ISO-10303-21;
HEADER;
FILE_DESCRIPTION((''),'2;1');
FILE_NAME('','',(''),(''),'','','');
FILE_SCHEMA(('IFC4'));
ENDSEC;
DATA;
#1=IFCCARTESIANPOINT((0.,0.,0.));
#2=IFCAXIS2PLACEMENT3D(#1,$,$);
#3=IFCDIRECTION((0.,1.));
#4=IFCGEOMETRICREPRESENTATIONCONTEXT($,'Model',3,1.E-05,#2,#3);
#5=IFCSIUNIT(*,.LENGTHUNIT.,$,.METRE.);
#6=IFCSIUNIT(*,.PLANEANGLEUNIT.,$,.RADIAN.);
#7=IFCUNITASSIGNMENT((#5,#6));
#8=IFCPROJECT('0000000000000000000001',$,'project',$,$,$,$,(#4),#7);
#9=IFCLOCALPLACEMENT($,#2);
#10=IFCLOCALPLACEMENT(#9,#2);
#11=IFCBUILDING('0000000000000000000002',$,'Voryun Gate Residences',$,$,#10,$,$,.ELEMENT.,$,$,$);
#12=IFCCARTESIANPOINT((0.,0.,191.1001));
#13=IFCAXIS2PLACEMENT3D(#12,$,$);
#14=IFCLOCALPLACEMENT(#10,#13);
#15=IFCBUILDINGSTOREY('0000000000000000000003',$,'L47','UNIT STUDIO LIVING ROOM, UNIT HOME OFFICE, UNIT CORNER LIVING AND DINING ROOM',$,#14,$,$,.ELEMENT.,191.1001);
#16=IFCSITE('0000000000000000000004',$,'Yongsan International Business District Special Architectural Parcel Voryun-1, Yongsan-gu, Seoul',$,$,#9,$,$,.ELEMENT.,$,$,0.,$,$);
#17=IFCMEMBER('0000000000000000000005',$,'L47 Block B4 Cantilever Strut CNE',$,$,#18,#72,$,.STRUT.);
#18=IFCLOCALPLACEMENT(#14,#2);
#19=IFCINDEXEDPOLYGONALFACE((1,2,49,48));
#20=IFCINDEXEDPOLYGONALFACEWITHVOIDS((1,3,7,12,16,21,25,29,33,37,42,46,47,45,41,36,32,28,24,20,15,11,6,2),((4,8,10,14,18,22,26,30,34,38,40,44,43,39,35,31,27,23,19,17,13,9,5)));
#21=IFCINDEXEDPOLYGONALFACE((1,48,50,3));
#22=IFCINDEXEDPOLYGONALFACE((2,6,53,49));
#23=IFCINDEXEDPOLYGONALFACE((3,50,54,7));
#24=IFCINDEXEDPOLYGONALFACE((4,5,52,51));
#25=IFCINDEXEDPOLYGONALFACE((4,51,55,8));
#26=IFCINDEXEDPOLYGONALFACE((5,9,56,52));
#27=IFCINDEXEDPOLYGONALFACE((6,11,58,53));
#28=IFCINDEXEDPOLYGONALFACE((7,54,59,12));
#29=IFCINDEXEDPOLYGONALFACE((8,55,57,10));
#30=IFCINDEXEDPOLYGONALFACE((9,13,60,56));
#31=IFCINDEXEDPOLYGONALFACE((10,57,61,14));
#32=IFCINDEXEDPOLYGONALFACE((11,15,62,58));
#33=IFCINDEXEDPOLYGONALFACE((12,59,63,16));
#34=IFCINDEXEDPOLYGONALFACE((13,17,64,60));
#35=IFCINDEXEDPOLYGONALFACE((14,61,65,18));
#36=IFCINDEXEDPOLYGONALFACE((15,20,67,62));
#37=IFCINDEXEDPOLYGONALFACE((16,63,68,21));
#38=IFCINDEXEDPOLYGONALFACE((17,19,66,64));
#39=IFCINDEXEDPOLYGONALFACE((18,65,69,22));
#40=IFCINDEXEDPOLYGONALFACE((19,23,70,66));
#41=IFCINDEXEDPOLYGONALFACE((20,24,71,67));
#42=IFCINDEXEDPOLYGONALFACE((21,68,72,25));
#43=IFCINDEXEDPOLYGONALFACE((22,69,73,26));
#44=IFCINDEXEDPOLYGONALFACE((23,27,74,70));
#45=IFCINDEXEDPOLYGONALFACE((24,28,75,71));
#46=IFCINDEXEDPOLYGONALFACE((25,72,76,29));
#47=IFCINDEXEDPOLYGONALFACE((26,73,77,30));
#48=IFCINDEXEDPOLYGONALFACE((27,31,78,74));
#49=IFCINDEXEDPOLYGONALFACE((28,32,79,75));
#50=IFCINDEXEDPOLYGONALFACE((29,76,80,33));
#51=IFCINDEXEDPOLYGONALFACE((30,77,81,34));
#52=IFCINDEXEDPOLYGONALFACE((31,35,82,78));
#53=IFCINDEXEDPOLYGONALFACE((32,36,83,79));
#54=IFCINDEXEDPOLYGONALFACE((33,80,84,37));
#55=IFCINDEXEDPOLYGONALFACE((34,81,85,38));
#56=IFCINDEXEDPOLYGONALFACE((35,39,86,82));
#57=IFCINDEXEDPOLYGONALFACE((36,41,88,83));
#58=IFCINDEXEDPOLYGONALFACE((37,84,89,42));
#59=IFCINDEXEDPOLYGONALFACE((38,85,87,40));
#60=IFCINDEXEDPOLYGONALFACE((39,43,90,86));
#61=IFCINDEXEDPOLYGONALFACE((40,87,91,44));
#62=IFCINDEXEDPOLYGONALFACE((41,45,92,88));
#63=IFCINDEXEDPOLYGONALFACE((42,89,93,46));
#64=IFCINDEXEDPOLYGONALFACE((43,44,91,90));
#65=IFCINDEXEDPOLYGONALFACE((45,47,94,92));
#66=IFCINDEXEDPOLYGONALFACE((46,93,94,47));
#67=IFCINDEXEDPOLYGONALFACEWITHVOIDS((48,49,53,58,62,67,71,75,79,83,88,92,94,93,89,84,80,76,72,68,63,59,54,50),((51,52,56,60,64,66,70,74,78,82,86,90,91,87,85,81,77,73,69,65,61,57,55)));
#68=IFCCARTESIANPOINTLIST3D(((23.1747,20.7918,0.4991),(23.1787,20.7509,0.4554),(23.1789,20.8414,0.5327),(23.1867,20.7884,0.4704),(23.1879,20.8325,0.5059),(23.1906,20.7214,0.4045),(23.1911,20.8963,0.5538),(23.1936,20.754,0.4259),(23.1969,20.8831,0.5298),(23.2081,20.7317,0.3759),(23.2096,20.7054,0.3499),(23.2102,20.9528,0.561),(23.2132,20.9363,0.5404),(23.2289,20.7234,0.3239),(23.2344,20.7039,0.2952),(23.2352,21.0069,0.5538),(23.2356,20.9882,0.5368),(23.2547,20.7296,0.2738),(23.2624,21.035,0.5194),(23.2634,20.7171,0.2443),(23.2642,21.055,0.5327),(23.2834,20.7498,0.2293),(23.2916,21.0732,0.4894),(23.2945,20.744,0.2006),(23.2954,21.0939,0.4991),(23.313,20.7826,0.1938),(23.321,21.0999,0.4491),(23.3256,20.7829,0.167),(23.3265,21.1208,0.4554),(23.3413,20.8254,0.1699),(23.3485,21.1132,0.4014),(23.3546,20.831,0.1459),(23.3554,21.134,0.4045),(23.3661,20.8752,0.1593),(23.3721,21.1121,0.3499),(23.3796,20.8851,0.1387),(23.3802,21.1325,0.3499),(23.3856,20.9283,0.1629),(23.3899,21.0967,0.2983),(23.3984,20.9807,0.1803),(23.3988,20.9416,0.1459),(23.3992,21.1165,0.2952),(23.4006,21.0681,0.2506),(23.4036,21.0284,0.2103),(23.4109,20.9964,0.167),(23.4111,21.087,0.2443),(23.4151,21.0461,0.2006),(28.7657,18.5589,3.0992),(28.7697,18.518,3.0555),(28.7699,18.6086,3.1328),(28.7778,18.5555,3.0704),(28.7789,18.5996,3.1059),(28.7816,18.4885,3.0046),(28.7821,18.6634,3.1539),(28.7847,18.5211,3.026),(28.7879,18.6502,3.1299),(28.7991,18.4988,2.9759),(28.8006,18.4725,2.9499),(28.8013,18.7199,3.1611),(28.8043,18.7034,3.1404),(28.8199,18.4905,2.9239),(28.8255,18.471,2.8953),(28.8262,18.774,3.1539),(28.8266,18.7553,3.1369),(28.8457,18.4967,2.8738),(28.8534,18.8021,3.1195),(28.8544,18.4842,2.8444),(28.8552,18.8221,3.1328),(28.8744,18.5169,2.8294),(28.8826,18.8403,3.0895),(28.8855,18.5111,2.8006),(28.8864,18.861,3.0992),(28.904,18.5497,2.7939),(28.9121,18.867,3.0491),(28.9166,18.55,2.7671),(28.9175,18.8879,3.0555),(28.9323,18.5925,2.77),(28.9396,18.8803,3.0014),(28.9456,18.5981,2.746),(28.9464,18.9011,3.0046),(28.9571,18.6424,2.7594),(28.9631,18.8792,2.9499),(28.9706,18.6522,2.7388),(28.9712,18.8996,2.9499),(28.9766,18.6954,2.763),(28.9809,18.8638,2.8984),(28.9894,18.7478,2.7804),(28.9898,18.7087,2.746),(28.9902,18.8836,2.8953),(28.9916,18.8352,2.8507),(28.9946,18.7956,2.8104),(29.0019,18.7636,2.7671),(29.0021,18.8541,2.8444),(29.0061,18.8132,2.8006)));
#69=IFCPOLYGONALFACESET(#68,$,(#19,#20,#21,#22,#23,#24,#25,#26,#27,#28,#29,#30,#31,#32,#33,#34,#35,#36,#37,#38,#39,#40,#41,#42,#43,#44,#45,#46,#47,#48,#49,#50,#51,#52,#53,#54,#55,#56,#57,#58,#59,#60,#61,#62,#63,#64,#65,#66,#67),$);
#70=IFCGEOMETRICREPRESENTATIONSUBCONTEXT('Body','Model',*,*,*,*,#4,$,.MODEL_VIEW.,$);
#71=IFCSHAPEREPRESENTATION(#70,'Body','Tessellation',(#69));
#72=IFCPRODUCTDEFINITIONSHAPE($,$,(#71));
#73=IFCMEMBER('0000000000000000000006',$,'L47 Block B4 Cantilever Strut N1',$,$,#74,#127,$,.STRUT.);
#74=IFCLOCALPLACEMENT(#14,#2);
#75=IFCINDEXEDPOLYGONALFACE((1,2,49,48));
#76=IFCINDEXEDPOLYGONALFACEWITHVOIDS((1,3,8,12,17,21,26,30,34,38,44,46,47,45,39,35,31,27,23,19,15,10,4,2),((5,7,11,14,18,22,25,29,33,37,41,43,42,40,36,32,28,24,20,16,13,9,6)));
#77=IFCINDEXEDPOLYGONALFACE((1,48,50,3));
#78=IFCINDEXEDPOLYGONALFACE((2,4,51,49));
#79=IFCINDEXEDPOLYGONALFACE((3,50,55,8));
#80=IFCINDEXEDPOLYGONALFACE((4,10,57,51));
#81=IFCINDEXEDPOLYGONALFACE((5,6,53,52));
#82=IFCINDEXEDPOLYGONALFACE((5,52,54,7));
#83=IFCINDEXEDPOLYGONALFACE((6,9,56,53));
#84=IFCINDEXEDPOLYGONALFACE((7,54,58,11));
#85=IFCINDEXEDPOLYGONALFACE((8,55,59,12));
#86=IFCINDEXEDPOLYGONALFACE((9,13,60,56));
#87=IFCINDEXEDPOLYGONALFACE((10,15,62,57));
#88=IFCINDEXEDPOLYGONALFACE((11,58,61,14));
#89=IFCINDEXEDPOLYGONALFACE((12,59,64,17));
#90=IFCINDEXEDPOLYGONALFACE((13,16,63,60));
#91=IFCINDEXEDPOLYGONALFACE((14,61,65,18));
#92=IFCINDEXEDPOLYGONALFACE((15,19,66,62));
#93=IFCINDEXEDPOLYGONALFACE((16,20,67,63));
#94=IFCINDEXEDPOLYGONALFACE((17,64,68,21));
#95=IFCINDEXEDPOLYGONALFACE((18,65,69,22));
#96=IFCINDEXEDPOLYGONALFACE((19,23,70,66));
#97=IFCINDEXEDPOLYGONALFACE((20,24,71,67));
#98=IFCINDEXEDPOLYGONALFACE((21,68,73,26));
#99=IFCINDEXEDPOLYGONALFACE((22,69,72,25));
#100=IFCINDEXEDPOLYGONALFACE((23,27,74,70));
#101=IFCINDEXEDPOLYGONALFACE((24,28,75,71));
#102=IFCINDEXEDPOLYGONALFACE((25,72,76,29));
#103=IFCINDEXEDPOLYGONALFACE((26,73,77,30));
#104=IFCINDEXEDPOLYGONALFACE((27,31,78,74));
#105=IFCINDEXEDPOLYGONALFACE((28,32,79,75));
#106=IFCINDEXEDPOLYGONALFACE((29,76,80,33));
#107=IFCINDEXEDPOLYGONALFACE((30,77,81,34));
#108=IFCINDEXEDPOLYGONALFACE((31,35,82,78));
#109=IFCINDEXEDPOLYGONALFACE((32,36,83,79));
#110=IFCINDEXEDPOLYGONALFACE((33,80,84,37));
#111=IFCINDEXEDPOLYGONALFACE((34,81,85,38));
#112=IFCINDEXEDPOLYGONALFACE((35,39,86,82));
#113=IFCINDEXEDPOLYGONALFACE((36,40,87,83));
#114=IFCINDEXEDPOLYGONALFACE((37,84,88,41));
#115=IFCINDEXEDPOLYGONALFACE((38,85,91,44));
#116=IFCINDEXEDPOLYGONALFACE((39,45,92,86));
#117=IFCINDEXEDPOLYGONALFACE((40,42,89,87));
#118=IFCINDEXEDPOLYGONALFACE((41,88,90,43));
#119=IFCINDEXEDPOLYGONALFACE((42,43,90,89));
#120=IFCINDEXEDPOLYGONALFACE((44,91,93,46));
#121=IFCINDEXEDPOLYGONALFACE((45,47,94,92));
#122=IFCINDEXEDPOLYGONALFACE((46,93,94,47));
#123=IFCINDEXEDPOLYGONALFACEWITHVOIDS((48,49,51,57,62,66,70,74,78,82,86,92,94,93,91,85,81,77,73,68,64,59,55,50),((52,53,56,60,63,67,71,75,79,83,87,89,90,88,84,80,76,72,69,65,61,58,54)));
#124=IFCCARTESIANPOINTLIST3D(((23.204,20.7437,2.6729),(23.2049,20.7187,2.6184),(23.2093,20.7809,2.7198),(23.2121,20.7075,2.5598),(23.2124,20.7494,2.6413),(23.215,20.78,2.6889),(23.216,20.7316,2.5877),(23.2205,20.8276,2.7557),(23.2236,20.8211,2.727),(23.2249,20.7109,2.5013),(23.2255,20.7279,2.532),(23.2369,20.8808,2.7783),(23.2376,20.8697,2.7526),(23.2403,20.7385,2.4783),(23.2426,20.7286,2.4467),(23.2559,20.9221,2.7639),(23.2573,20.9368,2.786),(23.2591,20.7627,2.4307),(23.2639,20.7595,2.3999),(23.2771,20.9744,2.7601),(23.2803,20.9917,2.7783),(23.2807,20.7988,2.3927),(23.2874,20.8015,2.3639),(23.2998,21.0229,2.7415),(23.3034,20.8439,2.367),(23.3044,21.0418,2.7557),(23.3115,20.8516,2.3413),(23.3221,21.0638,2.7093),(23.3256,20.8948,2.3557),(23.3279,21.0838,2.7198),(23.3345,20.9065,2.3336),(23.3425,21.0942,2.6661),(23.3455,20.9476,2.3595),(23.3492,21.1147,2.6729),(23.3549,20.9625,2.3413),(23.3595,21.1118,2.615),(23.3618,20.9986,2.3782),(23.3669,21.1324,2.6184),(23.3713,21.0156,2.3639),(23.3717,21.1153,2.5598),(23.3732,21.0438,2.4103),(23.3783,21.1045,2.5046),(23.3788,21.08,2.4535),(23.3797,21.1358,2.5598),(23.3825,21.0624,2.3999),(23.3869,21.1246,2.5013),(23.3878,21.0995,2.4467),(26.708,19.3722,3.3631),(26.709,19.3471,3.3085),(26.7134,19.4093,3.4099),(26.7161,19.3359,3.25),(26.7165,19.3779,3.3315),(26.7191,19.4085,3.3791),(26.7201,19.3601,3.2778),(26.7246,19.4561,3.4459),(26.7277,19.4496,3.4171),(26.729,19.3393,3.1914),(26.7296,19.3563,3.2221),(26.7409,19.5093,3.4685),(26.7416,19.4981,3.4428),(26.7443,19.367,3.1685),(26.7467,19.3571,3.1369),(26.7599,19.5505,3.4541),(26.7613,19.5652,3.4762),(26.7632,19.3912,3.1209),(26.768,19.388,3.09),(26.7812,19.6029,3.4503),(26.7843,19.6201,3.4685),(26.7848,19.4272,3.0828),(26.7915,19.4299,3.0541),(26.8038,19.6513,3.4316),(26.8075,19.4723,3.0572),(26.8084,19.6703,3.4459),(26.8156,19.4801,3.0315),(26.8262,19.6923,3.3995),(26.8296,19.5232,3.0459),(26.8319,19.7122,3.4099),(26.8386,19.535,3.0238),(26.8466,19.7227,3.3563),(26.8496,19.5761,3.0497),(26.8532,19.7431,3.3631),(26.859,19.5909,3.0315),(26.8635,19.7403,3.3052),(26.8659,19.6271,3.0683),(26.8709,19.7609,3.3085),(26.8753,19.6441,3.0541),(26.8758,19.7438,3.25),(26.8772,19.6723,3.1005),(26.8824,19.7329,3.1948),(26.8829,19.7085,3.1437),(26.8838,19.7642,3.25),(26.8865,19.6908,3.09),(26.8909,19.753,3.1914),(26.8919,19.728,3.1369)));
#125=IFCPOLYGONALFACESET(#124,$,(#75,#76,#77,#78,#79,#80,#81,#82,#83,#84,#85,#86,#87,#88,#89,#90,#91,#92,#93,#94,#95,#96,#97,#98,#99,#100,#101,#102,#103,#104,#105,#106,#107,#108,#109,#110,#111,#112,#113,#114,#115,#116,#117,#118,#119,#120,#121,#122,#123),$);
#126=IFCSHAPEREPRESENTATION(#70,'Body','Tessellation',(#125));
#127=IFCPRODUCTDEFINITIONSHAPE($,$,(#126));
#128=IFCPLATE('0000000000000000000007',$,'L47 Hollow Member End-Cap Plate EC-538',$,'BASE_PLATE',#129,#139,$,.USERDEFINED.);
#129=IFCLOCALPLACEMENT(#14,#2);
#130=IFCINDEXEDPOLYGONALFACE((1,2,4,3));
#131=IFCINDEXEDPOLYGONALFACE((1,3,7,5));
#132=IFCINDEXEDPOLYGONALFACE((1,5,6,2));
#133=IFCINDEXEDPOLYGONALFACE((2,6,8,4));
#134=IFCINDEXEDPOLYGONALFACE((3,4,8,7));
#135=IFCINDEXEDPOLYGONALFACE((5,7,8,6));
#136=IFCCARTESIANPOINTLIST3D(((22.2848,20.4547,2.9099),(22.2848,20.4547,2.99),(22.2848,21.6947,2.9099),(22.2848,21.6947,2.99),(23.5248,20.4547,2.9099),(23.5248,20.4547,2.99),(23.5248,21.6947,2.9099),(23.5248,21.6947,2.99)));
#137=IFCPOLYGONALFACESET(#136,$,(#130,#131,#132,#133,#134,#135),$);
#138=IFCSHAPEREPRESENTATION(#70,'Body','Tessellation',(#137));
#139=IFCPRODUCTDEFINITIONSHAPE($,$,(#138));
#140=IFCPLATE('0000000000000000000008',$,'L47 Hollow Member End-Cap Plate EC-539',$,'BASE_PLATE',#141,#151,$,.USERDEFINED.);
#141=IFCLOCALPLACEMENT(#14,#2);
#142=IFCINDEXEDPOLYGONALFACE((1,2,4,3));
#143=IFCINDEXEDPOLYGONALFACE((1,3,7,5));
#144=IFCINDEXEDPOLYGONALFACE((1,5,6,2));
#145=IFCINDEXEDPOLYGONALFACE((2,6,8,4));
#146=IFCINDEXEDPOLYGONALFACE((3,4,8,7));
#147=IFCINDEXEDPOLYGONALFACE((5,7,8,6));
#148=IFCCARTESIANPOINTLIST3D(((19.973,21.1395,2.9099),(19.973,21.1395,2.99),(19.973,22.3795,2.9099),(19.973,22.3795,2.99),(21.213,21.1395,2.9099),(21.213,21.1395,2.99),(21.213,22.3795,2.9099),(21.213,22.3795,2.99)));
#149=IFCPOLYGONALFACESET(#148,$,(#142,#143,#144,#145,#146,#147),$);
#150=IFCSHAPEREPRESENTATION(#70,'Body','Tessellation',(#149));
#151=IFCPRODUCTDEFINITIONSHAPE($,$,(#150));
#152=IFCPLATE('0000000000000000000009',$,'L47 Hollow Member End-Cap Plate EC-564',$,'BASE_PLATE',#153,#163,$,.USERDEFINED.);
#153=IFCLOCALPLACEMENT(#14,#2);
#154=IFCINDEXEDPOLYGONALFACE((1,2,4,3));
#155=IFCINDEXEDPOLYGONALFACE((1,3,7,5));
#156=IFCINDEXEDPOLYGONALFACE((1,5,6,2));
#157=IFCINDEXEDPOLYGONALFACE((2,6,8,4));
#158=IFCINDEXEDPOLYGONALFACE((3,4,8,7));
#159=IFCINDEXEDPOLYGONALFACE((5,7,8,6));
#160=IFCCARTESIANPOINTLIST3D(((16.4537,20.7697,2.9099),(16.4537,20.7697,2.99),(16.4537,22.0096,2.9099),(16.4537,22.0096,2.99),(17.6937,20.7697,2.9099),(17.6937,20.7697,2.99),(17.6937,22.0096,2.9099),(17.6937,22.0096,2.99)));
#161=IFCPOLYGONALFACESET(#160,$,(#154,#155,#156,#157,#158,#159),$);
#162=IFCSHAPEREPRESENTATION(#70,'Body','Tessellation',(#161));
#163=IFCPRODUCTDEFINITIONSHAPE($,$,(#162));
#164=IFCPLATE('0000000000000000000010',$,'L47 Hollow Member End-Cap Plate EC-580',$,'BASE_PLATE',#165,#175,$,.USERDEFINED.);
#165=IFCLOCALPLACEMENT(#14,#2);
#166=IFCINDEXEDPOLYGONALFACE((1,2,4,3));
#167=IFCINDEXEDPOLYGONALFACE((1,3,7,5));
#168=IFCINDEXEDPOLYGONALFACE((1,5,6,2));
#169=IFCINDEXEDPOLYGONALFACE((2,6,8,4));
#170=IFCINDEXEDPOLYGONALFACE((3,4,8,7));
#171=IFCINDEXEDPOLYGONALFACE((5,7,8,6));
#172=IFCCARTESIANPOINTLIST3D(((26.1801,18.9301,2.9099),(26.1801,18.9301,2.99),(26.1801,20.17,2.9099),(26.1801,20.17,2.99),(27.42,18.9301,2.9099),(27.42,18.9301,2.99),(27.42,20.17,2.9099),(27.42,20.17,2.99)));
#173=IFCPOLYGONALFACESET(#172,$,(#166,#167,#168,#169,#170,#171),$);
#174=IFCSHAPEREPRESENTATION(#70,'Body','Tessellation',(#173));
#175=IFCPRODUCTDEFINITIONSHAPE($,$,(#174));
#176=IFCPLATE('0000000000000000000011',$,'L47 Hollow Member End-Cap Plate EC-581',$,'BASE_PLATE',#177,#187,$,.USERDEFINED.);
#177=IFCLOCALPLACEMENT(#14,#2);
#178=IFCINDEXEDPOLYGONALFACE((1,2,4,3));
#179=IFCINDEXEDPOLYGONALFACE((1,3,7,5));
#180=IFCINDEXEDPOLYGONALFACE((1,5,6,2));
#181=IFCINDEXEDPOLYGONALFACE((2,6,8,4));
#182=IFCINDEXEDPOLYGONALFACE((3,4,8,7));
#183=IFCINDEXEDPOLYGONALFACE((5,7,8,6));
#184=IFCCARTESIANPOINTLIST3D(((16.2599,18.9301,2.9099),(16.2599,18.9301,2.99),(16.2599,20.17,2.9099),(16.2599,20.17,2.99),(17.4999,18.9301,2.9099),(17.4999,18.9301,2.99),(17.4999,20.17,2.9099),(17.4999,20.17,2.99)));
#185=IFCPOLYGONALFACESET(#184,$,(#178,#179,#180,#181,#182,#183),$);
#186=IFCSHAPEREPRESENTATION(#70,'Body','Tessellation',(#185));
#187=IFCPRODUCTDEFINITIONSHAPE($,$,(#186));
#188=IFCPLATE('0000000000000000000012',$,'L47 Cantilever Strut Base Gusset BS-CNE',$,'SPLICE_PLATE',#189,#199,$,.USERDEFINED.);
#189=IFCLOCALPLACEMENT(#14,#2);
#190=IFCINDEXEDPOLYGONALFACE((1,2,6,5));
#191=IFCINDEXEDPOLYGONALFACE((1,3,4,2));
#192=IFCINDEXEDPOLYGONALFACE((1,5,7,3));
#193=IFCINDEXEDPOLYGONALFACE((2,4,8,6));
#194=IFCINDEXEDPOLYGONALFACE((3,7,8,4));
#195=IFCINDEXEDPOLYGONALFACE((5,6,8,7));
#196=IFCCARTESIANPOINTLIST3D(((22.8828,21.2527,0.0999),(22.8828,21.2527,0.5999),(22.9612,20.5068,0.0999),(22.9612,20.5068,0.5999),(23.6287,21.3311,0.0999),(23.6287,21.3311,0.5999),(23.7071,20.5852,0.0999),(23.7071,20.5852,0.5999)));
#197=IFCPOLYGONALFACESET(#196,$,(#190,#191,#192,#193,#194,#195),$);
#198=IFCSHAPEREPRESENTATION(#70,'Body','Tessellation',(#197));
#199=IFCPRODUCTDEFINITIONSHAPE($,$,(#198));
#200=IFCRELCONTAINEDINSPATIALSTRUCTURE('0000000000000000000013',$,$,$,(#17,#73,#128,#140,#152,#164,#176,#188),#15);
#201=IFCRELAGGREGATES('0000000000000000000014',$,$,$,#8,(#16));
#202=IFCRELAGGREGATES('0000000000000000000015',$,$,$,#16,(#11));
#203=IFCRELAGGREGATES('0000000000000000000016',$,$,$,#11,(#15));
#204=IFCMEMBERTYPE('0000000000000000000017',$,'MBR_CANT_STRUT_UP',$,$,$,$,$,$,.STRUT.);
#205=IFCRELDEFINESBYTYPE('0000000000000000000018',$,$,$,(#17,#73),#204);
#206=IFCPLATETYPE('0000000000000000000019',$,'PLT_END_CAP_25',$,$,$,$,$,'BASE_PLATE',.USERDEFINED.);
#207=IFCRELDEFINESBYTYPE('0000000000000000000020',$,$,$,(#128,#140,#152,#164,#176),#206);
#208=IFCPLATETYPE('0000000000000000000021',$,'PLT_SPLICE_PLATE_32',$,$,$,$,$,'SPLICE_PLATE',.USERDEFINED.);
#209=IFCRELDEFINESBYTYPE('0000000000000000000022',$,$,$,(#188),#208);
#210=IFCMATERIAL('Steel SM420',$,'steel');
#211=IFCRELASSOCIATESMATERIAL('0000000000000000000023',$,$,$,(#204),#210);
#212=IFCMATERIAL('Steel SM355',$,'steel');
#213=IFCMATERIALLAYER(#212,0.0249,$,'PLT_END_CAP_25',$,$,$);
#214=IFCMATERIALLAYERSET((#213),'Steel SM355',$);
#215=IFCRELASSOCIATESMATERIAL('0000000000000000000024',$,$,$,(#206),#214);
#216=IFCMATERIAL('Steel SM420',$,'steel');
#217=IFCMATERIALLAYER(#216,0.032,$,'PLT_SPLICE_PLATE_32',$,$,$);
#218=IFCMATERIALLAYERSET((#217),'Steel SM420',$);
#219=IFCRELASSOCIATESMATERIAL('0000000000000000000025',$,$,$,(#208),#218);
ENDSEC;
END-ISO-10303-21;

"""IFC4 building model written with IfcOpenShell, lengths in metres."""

from ifc_helpers import new_model, si_unit, direction, frame, origin, origin_2d, place, context, subcontext, project, spatial, rectangle, hollow_circle, extrude, material, layer, layer_set, material_profile, profile_set, type_object, element, save


model = new_model("IFC4")

# Units and contexts
model_context = context("Model", 3, precision=1e-05, world=origin(), true_north=direction((0.0, 1.0)))
body_context = subcontext(model_context, "Body", "Model", "MODEL_VIEW")
ifc_project = project(units=[si_unit("LENGTHUNIT", "METRE"), si_unit("PLANEANGLEUNIT", "RADIAN")], contexts=[model_context])

# Site, building, storey
site_placement = place(None, origin())
site = spatial("IfcSite", under=ifc_project, at=site_placement, Name="Yongsan International Business District Special Architectural Parcel Voryun-1, Yongsan-gu, Seoul", CompositionType="ELEMENT", RefElevation=0.0)
building_placement = place(site_placement, origin())
building = spatial("IfcBuilding", under=site, at=building_placement, Name="Voryun Gate Residences", CompositionType="ELEMENT")
storey_placement = place(building_placement, frame((0.0, 0.0, 191.1001)))
storey = spatial("IfcBuildingStorey", under=building, at=storey_placement, Name="L47", Description="UNIT STUDIO LIVING ROOM, UNIT HOME OFFICE, UNIT CORNER LIVING AND DINING ROOM", CompositionType="ELEMENT", Elevation=191.1001)

# Members
ifc_material_1 = material(Name="Steel SM420", Category="steel")
ifc_material_profile_1 = material_profile(ifc_material_1, hollow_circle(Radius=0.23, WallThickness=0.022, at=origin_2d()), Name="CHS-460x22")
ifc_profile_set_1 = profile_set([ifc_material_profile_1], Name="Steel SM420")
member_type = type_object("IfcMemberType", Name="MBR_CANT_STRUT_UP", PredefinedType="STRUT", material=ifc_profile_set_1)
member_1_placement = place(storey_placement, frame((23.2949, 20.9189, 0.3499), z_axis=(0.852566, -0.34049, 0.396482), x_axis=(0.370887, 0.928678, 0.0)))
element("IfcMember", 1, at=member_1_placement, inside=storey, type_object=member_type, Name="L47 Block B4 Cantilever Strut CNE", PredefinedType="STRUT", context=body_context, shape_type="SweptSolid", body=[
    extrude(hollow_circle(Radius=0.23, WallThickness=0.022, at=origin_2d()), origin(), (0.0, 0.0, 1.0), 6.5579),
])
member_2_placement = place(storey_placement, frame((23.2959, 20.9216, 2.5598), z_axis=(0.915929, -0.35851, 0.180403), x_axis=(0.36449, 0.931207, 0.0)))
element("IfcMember", 2, at=member_2_placement, inside=storey, type_object=member_type, Name="L47 Block B4 Cantilever Strut N1", PredefinedType="STRUT", context=body_context, shape_type="SweptSolid", body=[
    extrude(hollow_circle(Radius=0.23, WallThickness=0.022, at=origin_2d()), origin(), (0.0, 0.0, 1.0), 3.8257),
])

# Plates
ifc_material_2 = material(Name="Steel SM355", Category="steel")
ifc_layer_1 = layer(ifc_material_2, 0.0249, Name="PLT_END_CAP_25")
ifc_layer_set_1 = layer_set([ifc_layer_1], Name="Steel SM355")
plate_type_1 = type_object("IfcPlateType", Name="PLT_END_CAP_25", ElementType="BASE_PLATE", PredefinedType="USERDEFINED", material=ifc_layer_set_1)
for number, where, z_axis, x_axis, name in (
    (3, (22.9048, 21.0747, 2.9099), (0.0, 0.0, 1.0), (1.0, 0.0, 0.0), "L47 Hollow Member End-Cap Plate EC-538"),
    (4, (20.593, 21.7595, 2.9099), (0.0, 0.0, 1.0), (1.0, 0.0, 0.0), "L47 Hollow Member End-Cap Plate EC-539"),
    (5, (17.0737, 21.3896, 2.9099), (0.0, 0.0, 1.0), (1.0, 0.0, 0.0), "L47 Hollow Member End-Cap Plate EC-564"),
    (6, (26.8, 19.55, 2.9099), (0.0, 0.0, 1.0), (1.0, 0.0, 0.0), "L47 Hollow Member End-Cap Plate EC-580"),
    (7, (16.8799, 19.55, 2.9099), (0.0, 0.0, 1.0), (1.0, 0.0, 0.0), "L47 Hollow Member End-Cap Plate EC-581"),
):
    element("IfcPlate", number, at=place(storey_placement, frame(where, z_axis=z_axis, x_axis=x_axis)), inside=storey, type_object=plate_type_1, Name=name, ObjectType="BASE_PLATE", PredefinedType="USERDEFINED", context=body_context, shape_type="SweptSolid", body=[
        extrude(rectangle(XDim=1.24, YDim=1.24, at=origin_2d()), origin(), (0.0, 0.0, 1.0), 0.0801),
    ])
ifc_material_3 = material(Name="Steel SM420", Category="steel")
ifc_layer_2 = layer(ifc_material_3, 0.032, Name="PLT_SPLICE_PLATE_32")
ifc_layer_set_2 = layer_set([ifc_layer_2], Name="Steel SM420")
plate_type_2 = type_object("IfcPlateType", Name="PLT_SPLICE_PLATE_32", ElementType="SPLICE_PLATE", PredefinedType="USERDEFINED", material=ifc_layer_set_2)
plate_1_placement = place(storey_placement, frame((23.2949, 20.9189, 0.0999), z_axis=(0.0, 0.0, 1.0), x_axis=(0.994522, 0.104528, 0.0)))
element("IfcPlate", 8, at=plate_1_placement, inside=storey, type_object=plate_type_2, Name="L47 Cantilever Strut Base Gusset BS-CNE", ObjectType="SPLICE_PLATE", PredefinedType="USERDEFINED", context=body_context, shape_type="SweptSolid", body=[
    extrude(rectangle(XDim=0.75, YDim=0.75, at=origin_2d()), origin(), (0.0, 0.0, 1.0), 0.5),
])

save(model, "model.ifc")
